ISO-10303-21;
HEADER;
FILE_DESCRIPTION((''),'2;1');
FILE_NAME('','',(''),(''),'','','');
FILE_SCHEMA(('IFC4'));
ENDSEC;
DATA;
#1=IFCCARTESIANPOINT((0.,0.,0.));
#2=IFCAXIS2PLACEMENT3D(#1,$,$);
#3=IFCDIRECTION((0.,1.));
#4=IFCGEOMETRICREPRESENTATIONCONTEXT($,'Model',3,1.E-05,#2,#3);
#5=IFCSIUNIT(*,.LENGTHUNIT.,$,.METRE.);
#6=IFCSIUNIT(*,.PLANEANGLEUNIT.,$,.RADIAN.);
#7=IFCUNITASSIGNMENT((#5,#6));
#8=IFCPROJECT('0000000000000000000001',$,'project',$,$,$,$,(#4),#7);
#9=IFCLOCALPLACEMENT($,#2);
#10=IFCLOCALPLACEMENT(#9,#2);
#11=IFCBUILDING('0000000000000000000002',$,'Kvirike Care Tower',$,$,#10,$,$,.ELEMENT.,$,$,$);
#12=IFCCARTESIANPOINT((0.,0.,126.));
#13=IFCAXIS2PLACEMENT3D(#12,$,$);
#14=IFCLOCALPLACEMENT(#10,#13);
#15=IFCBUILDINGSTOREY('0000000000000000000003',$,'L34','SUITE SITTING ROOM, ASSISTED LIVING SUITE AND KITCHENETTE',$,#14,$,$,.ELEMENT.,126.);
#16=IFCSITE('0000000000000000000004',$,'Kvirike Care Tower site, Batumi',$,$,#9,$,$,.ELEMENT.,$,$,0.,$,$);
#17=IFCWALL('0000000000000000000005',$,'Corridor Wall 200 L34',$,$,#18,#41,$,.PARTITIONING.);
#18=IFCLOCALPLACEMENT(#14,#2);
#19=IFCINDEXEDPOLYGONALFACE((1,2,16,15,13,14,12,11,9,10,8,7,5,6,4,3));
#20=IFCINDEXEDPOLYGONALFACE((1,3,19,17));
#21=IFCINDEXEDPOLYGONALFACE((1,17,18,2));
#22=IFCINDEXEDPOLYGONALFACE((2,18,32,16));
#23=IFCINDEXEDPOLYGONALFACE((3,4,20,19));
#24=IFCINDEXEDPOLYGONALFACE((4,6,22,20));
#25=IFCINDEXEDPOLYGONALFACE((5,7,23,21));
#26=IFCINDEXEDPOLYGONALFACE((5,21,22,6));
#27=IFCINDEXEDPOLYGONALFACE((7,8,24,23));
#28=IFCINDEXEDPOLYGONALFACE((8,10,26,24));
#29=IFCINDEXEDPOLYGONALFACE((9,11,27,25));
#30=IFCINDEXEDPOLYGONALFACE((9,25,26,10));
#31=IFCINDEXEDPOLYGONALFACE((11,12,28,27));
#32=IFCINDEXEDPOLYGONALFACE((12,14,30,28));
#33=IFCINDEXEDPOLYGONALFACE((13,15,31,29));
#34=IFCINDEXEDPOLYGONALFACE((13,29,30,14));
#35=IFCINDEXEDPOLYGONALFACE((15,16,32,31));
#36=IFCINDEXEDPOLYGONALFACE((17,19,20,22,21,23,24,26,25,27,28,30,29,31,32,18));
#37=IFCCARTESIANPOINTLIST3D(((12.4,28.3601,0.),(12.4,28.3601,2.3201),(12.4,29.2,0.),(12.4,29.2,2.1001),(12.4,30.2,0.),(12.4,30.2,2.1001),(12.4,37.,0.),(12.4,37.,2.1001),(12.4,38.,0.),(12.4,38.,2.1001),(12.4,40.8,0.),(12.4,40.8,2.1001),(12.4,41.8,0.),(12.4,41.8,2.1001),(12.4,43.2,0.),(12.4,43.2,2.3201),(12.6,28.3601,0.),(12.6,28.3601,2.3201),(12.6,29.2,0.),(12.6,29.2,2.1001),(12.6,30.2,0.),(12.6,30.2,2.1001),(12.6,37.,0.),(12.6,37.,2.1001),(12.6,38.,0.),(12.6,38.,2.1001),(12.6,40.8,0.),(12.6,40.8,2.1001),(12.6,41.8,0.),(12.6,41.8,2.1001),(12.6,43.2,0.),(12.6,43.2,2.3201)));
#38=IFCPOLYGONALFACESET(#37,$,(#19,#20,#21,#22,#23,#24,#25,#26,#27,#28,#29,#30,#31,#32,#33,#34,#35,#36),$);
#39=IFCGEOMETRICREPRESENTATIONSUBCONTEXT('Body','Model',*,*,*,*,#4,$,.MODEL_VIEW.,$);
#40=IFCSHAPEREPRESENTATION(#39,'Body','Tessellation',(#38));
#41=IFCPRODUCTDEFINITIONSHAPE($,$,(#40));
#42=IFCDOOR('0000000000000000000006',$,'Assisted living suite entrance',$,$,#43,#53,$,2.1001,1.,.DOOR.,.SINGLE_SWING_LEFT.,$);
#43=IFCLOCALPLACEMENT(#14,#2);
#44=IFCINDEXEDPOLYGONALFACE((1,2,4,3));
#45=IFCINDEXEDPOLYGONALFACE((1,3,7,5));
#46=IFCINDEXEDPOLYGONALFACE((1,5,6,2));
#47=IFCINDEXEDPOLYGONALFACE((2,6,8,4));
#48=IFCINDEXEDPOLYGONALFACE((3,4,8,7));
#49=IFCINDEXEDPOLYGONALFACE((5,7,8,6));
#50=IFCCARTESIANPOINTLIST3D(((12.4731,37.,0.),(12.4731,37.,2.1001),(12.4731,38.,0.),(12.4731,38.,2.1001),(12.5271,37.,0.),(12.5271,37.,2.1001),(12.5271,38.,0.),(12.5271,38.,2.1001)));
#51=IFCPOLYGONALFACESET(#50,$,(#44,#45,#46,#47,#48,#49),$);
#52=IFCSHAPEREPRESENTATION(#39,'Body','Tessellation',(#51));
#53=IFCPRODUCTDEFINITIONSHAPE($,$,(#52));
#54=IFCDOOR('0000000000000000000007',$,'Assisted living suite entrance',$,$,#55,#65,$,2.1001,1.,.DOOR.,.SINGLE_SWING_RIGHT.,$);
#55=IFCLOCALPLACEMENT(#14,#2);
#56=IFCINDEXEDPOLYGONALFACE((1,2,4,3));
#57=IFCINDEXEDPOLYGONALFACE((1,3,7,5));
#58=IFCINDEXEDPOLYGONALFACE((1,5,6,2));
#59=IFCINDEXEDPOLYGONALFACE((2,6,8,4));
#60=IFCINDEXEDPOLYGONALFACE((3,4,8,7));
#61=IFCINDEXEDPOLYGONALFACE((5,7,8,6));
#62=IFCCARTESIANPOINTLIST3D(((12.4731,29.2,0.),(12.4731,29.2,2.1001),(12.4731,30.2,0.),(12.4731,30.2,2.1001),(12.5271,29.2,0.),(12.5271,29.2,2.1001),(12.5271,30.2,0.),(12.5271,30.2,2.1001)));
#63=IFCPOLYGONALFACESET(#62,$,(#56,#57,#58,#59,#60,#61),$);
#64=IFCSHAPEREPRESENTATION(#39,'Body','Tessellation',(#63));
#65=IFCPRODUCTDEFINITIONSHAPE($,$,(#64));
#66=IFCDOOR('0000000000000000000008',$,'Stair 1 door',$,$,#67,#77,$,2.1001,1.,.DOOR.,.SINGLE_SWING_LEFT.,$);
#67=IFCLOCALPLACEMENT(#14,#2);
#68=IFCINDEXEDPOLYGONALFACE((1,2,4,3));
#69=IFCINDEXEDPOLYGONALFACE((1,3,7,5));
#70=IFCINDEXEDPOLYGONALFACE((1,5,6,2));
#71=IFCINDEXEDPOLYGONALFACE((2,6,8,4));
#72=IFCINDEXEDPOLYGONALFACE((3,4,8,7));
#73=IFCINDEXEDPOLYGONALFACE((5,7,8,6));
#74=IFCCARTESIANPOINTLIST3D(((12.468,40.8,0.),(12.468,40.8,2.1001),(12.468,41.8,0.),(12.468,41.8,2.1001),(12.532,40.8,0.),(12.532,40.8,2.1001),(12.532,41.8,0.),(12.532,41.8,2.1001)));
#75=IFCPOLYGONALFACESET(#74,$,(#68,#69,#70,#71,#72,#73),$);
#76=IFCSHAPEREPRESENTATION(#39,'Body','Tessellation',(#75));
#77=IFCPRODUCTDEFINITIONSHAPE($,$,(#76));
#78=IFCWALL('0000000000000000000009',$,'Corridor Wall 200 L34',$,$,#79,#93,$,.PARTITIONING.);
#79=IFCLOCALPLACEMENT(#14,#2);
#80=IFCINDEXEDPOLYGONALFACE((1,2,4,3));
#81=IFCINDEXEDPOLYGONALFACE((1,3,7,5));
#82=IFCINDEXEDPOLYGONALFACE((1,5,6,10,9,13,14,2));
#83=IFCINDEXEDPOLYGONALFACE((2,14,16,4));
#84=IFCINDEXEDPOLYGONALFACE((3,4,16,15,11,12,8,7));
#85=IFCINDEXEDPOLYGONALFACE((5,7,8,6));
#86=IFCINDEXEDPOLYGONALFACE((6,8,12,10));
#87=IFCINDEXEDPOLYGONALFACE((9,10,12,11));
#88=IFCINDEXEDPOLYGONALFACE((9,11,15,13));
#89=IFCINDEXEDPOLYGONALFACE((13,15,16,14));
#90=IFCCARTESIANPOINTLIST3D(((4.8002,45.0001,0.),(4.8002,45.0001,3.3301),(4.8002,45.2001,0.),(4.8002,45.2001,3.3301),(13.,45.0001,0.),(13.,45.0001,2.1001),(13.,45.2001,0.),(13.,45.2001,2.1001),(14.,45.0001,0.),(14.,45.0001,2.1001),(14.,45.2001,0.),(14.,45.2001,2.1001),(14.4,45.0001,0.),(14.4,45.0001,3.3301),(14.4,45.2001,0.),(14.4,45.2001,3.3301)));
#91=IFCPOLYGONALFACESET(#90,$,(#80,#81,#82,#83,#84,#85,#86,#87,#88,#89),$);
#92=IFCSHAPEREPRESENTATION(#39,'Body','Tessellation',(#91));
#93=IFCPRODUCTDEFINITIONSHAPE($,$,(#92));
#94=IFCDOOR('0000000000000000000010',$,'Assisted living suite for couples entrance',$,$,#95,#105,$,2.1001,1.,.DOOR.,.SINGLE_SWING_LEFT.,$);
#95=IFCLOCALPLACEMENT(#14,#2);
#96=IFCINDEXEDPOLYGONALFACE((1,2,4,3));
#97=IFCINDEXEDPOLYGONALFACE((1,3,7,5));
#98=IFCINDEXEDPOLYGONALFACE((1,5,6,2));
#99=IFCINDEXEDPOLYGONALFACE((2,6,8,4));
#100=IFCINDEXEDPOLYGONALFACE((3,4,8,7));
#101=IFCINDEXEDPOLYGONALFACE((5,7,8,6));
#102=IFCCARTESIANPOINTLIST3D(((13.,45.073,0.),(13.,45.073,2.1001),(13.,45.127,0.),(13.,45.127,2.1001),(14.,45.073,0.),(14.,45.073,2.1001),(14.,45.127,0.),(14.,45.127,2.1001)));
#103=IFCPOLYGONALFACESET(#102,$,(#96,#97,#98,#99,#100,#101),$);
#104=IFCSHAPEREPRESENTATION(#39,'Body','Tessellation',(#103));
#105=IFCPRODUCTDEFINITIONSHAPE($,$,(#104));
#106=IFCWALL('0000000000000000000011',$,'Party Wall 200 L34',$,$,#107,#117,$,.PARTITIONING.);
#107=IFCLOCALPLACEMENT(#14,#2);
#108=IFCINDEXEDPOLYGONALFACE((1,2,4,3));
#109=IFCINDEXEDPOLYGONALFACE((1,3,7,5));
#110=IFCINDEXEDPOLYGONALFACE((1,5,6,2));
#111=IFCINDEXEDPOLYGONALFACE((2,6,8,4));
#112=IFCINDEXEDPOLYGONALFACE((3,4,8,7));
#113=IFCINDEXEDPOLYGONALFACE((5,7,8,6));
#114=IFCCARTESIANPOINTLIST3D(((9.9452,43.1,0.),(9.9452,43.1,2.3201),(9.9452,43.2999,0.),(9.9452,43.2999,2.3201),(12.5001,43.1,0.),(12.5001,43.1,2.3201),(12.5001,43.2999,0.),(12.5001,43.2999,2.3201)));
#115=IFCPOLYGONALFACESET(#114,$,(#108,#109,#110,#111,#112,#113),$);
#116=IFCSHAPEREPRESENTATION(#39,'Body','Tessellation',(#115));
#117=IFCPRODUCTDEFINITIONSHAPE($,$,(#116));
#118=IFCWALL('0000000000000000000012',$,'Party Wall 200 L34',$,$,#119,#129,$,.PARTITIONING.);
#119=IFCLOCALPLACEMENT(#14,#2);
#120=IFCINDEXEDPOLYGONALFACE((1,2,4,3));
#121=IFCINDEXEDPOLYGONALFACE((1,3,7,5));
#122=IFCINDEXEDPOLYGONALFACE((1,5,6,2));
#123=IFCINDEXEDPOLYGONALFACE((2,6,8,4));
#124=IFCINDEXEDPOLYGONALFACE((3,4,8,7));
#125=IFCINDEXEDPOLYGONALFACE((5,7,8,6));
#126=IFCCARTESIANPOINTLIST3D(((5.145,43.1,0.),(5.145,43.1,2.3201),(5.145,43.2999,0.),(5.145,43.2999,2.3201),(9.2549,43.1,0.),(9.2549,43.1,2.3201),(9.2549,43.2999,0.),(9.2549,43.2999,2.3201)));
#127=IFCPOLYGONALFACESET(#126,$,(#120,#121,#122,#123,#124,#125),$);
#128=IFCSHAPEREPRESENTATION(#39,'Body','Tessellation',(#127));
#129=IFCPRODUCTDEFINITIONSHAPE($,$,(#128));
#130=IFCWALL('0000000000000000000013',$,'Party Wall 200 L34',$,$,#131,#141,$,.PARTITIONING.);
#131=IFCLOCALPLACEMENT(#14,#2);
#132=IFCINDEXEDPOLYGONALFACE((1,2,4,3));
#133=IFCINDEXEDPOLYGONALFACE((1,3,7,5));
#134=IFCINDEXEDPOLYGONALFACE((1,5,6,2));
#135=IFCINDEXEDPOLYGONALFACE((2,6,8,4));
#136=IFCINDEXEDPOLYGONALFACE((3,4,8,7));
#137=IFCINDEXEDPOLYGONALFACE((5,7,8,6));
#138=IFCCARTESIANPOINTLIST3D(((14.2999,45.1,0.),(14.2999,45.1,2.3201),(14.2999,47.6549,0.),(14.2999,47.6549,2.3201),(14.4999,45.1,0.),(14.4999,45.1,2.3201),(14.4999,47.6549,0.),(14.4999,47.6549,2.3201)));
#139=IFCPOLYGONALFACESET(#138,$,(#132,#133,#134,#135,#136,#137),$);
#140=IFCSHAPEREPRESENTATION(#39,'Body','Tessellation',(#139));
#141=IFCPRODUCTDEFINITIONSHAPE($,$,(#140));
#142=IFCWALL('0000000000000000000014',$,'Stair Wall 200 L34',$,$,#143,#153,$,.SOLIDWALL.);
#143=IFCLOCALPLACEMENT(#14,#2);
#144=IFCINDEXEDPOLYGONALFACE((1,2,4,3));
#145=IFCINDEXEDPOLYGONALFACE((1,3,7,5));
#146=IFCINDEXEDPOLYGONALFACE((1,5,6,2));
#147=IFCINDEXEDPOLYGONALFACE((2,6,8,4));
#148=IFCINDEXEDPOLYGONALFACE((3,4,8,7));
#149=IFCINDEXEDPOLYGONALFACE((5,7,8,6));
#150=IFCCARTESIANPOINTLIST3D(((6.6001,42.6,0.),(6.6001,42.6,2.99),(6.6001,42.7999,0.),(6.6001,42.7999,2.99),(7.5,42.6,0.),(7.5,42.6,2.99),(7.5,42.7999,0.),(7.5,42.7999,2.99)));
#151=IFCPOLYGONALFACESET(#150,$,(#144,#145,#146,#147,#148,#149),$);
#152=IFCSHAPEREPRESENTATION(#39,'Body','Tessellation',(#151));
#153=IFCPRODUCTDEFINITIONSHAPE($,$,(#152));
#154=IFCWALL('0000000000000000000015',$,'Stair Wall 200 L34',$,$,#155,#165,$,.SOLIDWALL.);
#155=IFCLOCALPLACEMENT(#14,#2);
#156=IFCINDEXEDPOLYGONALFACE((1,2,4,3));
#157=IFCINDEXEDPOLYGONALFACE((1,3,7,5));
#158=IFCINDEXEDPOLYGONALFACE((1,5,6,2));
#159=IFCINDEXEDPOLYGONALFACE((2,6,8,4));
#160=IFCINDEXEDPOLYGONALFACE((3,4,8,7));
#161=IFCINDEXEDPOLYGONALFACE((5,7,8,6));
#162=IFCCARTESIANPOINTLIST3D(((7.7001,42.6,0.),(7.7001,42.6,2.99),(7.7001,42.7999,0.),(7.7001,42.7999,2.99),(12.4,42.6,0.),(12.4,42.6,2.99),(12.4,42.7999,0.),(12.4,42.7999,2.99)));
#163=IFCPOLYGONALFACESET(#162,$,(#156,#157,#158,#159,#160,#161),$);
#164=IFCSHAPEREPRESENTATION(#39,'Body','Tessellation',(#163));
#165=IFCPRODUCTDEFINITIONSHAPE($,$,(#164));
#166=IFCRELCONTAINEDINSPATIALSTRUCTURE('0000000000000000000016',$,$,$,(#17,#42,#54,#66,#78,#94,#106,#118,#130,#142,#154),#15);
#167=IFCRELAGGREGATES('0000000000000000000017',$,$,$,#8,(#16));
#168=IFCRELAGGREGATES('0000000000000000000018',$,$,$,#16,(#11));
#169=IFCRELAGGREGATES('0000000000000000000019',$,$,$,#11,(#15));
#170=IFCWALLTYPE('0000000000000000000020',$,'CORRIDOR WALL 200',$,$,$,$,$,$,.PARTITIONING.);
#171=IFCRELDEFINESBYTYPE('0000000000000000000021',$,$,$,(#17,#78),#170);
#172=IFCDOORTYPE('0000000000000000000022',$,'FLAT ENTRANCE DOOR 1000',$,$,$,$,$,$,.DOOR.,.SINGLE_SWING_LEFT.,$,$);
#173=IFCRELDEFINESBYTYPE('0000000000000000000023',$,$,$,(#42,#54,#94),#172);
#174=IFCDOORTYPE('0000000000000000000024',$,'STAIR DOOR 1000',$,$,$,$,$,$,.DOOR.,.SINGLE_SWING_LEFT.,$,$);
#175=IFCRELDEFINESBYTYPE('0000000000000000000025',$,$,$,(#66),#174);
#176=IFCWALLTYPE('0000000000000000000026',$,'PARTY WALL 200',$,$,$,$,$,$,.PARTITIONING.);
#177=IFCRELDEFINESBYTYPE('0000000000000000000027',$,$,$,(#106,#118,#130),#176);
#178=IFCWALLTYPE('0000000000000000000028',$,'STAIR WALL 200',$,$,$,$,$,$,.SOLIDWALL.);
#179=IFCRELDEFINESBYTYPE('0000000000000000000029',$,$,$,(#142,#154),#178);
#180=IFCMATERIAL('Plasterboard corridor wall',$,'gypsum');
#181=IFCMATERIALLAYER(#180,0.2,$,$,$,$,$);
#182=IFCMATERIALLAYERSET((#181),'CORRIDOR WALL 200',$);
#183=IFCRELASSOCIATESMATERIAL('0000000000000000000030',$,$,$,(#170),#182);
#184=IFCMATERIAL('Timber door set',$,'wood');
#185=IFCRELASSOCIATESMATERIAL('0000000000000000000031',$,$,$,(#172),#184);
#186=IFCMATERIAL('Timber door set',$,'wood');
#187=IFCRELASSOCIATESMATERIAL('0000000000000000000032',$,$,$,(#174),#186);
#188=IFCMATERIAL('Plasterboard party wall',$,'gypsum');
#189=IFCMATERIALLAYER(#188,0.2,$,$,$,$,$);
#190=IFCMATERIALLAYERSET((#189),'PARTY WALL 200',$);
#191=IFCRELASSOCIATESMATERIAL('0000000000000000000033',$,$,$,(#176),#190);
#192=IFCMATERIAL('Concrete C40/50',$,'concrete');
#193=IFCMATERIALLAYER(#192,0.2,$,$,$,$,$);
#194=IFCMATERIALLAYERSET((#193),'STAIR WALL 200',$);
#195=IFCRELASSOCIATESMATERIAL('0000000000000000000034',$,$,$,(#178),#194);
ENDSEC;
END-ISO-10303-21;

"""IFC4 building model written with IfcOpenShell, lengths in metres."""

from ifc_helpers import new_model, si_unit, direction, frame, frame_2d, origin, place, context, subcontext, project, spatial, rectangle, extrude, material, layer, layer_set, type_object, element, fill, save


model = new_model("IFC4")

# Units and contexts
model_context = context("Model", 3, precision=1e-05, world=origin(), true_north=direction((0.0, 1.0)))
body_context = subcontext(model_context, "Body", "Model", "MODEL_VIEW")
ifc_project = project(units=[si_unit("LENGTHUNIT", "METRE"), si_unit("PLANEANGLEUNIT", "RADIAN")], contexts=[model_context])

# Site, building, storey
site_placement = place(None, origin())
site = spatial("IfcSite", under=ifc_project, at=site_placement, Name="Kvirike Care Tower site, Batumi", CompositionType="ELEMENT", RefElevation=0.0)
building_placement = place(site_placement, origin())
building = spatial("IfcBuilding", under=site, at=building_placement, Name="Kvirike Care Tower", CompositionType="ELEMENT")
storey_placement = place(building_placement, frame((0.0, 0.0, 126.0)))
storey = spatial("IfcBuildingStorey", under=building, at=storey_placement, Name="L34", Description="SUITE SITTING ROOM, ASSISTED LIVING SUITE AND KITCHENETTE", CompositionType="ELEMENT", Elevation=126.0)

# Wall, openings, doors
ifc_material_1 = material(Name="Plasterboard corridor wall", Category="gypsum")
ifc_layer_1 = layer(ifc_material_1, 0.2)
ifc_layer_set_1 = layer_set([ifc_layer_1], Name="CORRIDOR WALL 200")
wall_type_1 = type_object("IfcWallType", Name="CORRIDOR WALL 200", PredefinedType="PARTITIONING", material=ifc_layer_set_1)
wall_1_placement = place(storey_placement, frame((12.5, 43.2, 0.0), z_axis=(0.0, 0.0, 1.0), x_axis=(0.0, -1.0, 0.0)))
wall_1 = element("IfcWall", 1, at=wall_1_placement, inside=storey, type_object=wall_type_1, Name="Corridor Wall 200 L34", PredefinedType="PARTITIONING", context=body_context, shape_type="SweptSolid", body=[
    extrude(rectangle(XDim=14.8398, YDim=0.2, at=frame_2d((7.4199, 0.0))), origin(), (0.0, 0.0, 1.0), 2.3201),
])
opening_1_placement = place(wall_1_placement, frame((1.3999, 0.0, 0.0)))
opening_1 = element("IfcOpeningElement", 2, at=opening_1_placement, cuts=wall_1, PredefinedType="OPENING", context=body_context, shape_type="SweptSolid", body=[
    extrude(rectangle(XDim=1.0, YDim=2.1001, at=frame_2d((0.5, 1.05))), frame((0.0, 0.1106, 0.0), z_axis=(0.0, -1.0, 0.0), x_axis=(1.0, 0.0, 0.0)), (0.0, 0.0, 1.0), 0.2209),
])
opening_2_placement = place(wall_1_placement, frame((5.2, 0.0, 0.0)))
opening_2 = element("IfcOpeningElement", 3, at=opening_2_placement, cuts=wall_1, PredefinedType="OPENING", context=body_context, shape_type="SweptSolid", body=[
    extrude(rectangle(XDim=1.0, YDim=2.1001, at=frame_2d((0.5, 1.05))), frame((0.0, 0.1106, 0.0), z_axis=(0.0, -1.0, 0.0), x_axis=(1.0, 0.0, 0.0)), (0.0, 0.0, 1.0), 0.2209),
])
opening_3_placement = place(wall_1_placement, frame((13.0, 0.0, 0.0)))
opening_3 = element("IfcOpeningElement", 4, at=opening_3_placement, cuts=wall_1, PredefinedType="OPENING", context=body_context, shape_type="SweptSolid", body=[
    extrude(rectangle(XDim=1.0, YDim=2.1001, at=frame_2d((0.5, 1.05))), frame((0.0, 0.1106, 0.0), z_axis=(0.0, -1.0, 0.0), x_axis=(1.0, 0.0, 0.0)), (0.0, 0.0, 1.0), 0.2209),
])
ifc_material_2 = material(Name="Timber door set", Category="wood")
door_type_1 = type_object("IfcDoorType", Name="FLAT ENTRANCE DOOR 1000", OperationType="SINGLE_SWING_LEFT", PredefinedType="DOOR", material=ifc_material_2)
door_1_placement = place(opening_2_placement, frame((1.0, 0.0, 0.0), z_axis=(0.0, 0.0, 1.0), x_axis=(-1.0, 0.0, 0.0)))
door_1 = element("IfcDoor", 5, at=door_1_placement, inside=storey, type_object=door_type_1, Name="Assisted living suite entrance", OperationType="SINGLE_SWING_LEFT", OverallHeight=2.1001, OverallWidth=1.0, PredefinedType="DOOR", context=body_context, shape_type="SweptSolid", body=[
    extrude(rectangle(XDim=1.0, YDim=2.1001, at=frame_2d((0.5, 1.05))), frame((0.0, 0.0269, 0.0), z_axis=(0.0, -1.0, 0.0), x_axis=(1.0, 0.0, 0.0)), (0.0, 0.0, 1.0), 0.054),
])
fill(opening_2, door_1)
door_2_placement = place(opening_3_placement, frame((1.0, 0.0, 0.0), z_axis=(0.0, 0.0, 1.0), x_axis=(-1.0, 0.0, 0.0)))
door_2 = element("IfcDoor", 6, at=door_2_placement, inside=storey, type_object=door_type_1, Name="Assisted living suite entrance", OperationType="SINGLE_SWING_RIGHT", OverallHeight=2.1001, OverallWidth=1.0, PredefinedType="DOOR", context=body_context, shape_type="SweptSolid", body=[
    extrude(rectangle(XDim=1.0, YDim=2.1001, at=frame_2d((0.5, 1.05))), frame((0.0, 0.0269, 0.0), z_axis=(0.0, -1.0, 0.0), x_axis=(1.0, 0.0, 0.0)), (0.0, 0.0, 1.0), 0.054),
])
fill(opening_3, door_2)
ifc_material_3 = material(Name="Timber door set", Category="wood")
door_type_2 = type_object("IfcDoorType", Name="STAIR DOOR 1000", OperationType="SINGLE_SWING_LEFT", PredefinedType="DOOR", material=ifc_material_3)
door_3_placement = place(opening_1_placement, frame((1.0, 0.0, 0.0), z_axis=(0.0, 0.0, 1.0), x_axis=(-1.0, 0.0, 0.0)))
door_3 = element("IfcDoor", 7, at=door_3_placement, inside=storey, type_object=door_type_2, Name="Stair 1 door", OperationType="SINGLE_SWING_LEFT", OverallHeight=2.1001, OverallWidth=1.0, PredefinedType="DOOR", context=body_context, shape_type="SweptSolid", body=[
    extrude(rectangle(XDim=1.0, YDim=2.1001, at=frame_2d((0.5, 1.05))), frame((0.0, 0.032, 0.0), z_axis=(0.0, -1.0, 0.0), x_axis=(1.0, 0.0, 0.0)), (0.0, 0.0, 1.0), 0.064),
])
fill(opening_1, door_3)

# Wall, opening, door
wall_2_placement = place(storey_placement, frame((14.3999, 45.1001, 0.0), z_axis=(0.0, 0.0, 1.0), x_axis=(-1.0, 0.0, 0.0)))
wall_2 = element("IfcWall", 8, at=wall_2_placement, inside=storey, type_object=wall_type_1, Name="Corridor Wall 200 L34", PredefinedType="PARTITIONING", context=body_context, shape_type="SweptSolid", body=[
    extrude(rectangle(XDim=9.5999, YDim=0.2, at=frame_2d((4.7998, 0.0))), origin(), (0.0, 0.0, 1.0), 3.3301),
])
opening_4_placement = place(wall_2_placement, frame((0.3999, 0.0, 0.0)))
opening_4 = element("IfcOpeningElement", 9, at=opening_4_placement, cuts=wall_2, PredefinedType="OPENING", context=body_context, shape_type="SweptSolid", body=[
    extrude(rectangle(XDim=1.0, YDim=2.1001, at=frame_2d((0.5, 1.05))), frame((0.0, 0.1106, 0.0), z_axis=(0.0, -1.0, 0.0), x_axis=(1.0, 0.0, 0.0)), (0.0, 0.0, 1.0), 0.2209),
])
door_4_placement = place(opening_4_placement, frame((1.0, 0.0, 0.0), z_axis=(0.0, 0.0, 1.0), x_axis=(-1.0, 0.0, 0.0)))
door_4 = element("IfcDoor", 10, at=door_4_placement, inside=storey, type_object=door_type_1, Name="Assisted living suite for couples entrance", OperationType="SINGLE_SWING_LEFT", OverallHeight=2.1001, OverallWidth=1.0, PredefinedType="DOOR", context=body_context, shape_type="SweptSolid", body=[
    extrude(rectangle(XDim=1.0, YDim=2.1001, at=frame_2d((0.5, 1.05))), frame((0.0, 0.0269, 0.0), z_axis=(0.0, -1.0, 0.0), x_axis=(1.0, 0.0, 0.0)), (0.0, 0.0, 1.0), 0.054),
])
fill(opening_4, door_4)

# Walls
ifc_material_4 = material(Name="Plasterboard party wall", Category="gypsum")
ifc_layer_2 = layer(ifc_material_4, 0.2)
ifc_layer_set_2 = layer_set([ifc_layer_2], Name="PARTY WALL 200")
wall_type_2 = type_object("IfcWallType", Name="PARTY WALL 200", PredefinedType="PARTITIONING", material=ifc_layer_set_2)
wall_3_placement = place(storey_placement, frame((12.5, 43.2, 0.0), z_axis=(0.0, 0.0, 1.0), x_axis=(-1.0, 0.0, 0.0)))
element("IfcWall", 11, at=wall_3_placement, inside=storey, type_object=wall_type_2, Name="Party Wall 200 L34", PredefinedType="PARTITIONING", context=body_context, shape_type="SweptSolid", body=[
    extrude(rectangle(XDim=2.5549, YDim=0.2, at=frame_2d((1.2773, 0.0))), origin(), (0.0, 0.0, 1.0), 2.3201),
])
wall_4_placement = place(storey_placement, frame((9.2549, 43.2, 0.0), z_axis=(0.0, 0.0, 1.0), x_axis=(-1.0, 0.0, 0.0)))
element("IfcWall", 12, at=wall_4_placement, inside=storey, type_object=wall_type_2, Name="Party Wall 200 L34", PredefinedType="PARTITIONING", context=body_context, shape_type="SweptSolid", body=[
    extrude(rectangle(XDim=4.1099, YDim=0.2, at=frame_2d((2.0549, 0.0))), origin(), (0.0, 0.0, 1.0), 2.3201),
])
wall_5_placement = place(storey_placement, frame((14.3999, 45.1001, 0.0), z_axis=(0.0, 0.0, 1.0), x_axis=(0.0, 1.0, 0.0)))
element("IfcWall", 13, at=wall_5_placement, inside=storey, type_object=wall_type_2, Name="Party Wall 200 L34", PredefinedType="PARTITIONING", context=body_context, shape_type="SweptSolid", body=[
    extrude(rectangle(XDim=2.5549, YDim=0.2, at=frame_2d((1.2773, 0.0))), origin(), (0.0, 0.0, 1.0), 2.3201),
])
ifc_material_5 = material(Name="Concrete C40/50", Category="concrete")
ifc_layer_3 = layer(ifc_material_5, 0.2)
ifc_layer_set_3 = layer_set([ifc_layer_3], Name="STAIR WALL 200")
wall_type_3 = type_object("IfcWallType", Name="STAIR WALL 200", PredefinedType="SOLIDWALL", material=ifc_layer_set_3)
wall_6_placement = place(storey_placement, frame((6.6001, 42.7, 0.0), z_axis=(0.0, 0.0, 1.0), x_axis=(1.0, 0.0, 0.0)))
element("IfcWall", 14, at=wall_6_placement, inside=storey, type_object=wall_type_3, Name="Stair Wall 200 L34", PredefinedType="SOLIDWALL", context=body_context, shape_type="SweptSolid", body=[
    extrude(rectangle(XDim=0.8999, YDim=0.2, at=frame_2d((0.45, 0.0))), origin(), (0.0, 0.0, 1.0), 2.99),
])
wall_7_placement = place(storey_placement, frame((7.7, 42.7, 0.0), z_axis=(0.0, 0.0, 1.0), x_axis=(1.0, 0.0, 0.0)))
element("IfcWall", 15, at=wall_7_placement, inside=storey, type_object=wall_type_3, Name="Stair Wall 200 L34", PredefinedType="SOLIDWALL", context=body_context, shape_type="SweptSolid", body=[
    extrude(rectangle(XDim=4.7, YDim=0.2, at=frame_2d((2.3501, 0.0))), origin(), (0.0, 0.0, 1.0), 2.99),
])

save(model, "model.ifc")
